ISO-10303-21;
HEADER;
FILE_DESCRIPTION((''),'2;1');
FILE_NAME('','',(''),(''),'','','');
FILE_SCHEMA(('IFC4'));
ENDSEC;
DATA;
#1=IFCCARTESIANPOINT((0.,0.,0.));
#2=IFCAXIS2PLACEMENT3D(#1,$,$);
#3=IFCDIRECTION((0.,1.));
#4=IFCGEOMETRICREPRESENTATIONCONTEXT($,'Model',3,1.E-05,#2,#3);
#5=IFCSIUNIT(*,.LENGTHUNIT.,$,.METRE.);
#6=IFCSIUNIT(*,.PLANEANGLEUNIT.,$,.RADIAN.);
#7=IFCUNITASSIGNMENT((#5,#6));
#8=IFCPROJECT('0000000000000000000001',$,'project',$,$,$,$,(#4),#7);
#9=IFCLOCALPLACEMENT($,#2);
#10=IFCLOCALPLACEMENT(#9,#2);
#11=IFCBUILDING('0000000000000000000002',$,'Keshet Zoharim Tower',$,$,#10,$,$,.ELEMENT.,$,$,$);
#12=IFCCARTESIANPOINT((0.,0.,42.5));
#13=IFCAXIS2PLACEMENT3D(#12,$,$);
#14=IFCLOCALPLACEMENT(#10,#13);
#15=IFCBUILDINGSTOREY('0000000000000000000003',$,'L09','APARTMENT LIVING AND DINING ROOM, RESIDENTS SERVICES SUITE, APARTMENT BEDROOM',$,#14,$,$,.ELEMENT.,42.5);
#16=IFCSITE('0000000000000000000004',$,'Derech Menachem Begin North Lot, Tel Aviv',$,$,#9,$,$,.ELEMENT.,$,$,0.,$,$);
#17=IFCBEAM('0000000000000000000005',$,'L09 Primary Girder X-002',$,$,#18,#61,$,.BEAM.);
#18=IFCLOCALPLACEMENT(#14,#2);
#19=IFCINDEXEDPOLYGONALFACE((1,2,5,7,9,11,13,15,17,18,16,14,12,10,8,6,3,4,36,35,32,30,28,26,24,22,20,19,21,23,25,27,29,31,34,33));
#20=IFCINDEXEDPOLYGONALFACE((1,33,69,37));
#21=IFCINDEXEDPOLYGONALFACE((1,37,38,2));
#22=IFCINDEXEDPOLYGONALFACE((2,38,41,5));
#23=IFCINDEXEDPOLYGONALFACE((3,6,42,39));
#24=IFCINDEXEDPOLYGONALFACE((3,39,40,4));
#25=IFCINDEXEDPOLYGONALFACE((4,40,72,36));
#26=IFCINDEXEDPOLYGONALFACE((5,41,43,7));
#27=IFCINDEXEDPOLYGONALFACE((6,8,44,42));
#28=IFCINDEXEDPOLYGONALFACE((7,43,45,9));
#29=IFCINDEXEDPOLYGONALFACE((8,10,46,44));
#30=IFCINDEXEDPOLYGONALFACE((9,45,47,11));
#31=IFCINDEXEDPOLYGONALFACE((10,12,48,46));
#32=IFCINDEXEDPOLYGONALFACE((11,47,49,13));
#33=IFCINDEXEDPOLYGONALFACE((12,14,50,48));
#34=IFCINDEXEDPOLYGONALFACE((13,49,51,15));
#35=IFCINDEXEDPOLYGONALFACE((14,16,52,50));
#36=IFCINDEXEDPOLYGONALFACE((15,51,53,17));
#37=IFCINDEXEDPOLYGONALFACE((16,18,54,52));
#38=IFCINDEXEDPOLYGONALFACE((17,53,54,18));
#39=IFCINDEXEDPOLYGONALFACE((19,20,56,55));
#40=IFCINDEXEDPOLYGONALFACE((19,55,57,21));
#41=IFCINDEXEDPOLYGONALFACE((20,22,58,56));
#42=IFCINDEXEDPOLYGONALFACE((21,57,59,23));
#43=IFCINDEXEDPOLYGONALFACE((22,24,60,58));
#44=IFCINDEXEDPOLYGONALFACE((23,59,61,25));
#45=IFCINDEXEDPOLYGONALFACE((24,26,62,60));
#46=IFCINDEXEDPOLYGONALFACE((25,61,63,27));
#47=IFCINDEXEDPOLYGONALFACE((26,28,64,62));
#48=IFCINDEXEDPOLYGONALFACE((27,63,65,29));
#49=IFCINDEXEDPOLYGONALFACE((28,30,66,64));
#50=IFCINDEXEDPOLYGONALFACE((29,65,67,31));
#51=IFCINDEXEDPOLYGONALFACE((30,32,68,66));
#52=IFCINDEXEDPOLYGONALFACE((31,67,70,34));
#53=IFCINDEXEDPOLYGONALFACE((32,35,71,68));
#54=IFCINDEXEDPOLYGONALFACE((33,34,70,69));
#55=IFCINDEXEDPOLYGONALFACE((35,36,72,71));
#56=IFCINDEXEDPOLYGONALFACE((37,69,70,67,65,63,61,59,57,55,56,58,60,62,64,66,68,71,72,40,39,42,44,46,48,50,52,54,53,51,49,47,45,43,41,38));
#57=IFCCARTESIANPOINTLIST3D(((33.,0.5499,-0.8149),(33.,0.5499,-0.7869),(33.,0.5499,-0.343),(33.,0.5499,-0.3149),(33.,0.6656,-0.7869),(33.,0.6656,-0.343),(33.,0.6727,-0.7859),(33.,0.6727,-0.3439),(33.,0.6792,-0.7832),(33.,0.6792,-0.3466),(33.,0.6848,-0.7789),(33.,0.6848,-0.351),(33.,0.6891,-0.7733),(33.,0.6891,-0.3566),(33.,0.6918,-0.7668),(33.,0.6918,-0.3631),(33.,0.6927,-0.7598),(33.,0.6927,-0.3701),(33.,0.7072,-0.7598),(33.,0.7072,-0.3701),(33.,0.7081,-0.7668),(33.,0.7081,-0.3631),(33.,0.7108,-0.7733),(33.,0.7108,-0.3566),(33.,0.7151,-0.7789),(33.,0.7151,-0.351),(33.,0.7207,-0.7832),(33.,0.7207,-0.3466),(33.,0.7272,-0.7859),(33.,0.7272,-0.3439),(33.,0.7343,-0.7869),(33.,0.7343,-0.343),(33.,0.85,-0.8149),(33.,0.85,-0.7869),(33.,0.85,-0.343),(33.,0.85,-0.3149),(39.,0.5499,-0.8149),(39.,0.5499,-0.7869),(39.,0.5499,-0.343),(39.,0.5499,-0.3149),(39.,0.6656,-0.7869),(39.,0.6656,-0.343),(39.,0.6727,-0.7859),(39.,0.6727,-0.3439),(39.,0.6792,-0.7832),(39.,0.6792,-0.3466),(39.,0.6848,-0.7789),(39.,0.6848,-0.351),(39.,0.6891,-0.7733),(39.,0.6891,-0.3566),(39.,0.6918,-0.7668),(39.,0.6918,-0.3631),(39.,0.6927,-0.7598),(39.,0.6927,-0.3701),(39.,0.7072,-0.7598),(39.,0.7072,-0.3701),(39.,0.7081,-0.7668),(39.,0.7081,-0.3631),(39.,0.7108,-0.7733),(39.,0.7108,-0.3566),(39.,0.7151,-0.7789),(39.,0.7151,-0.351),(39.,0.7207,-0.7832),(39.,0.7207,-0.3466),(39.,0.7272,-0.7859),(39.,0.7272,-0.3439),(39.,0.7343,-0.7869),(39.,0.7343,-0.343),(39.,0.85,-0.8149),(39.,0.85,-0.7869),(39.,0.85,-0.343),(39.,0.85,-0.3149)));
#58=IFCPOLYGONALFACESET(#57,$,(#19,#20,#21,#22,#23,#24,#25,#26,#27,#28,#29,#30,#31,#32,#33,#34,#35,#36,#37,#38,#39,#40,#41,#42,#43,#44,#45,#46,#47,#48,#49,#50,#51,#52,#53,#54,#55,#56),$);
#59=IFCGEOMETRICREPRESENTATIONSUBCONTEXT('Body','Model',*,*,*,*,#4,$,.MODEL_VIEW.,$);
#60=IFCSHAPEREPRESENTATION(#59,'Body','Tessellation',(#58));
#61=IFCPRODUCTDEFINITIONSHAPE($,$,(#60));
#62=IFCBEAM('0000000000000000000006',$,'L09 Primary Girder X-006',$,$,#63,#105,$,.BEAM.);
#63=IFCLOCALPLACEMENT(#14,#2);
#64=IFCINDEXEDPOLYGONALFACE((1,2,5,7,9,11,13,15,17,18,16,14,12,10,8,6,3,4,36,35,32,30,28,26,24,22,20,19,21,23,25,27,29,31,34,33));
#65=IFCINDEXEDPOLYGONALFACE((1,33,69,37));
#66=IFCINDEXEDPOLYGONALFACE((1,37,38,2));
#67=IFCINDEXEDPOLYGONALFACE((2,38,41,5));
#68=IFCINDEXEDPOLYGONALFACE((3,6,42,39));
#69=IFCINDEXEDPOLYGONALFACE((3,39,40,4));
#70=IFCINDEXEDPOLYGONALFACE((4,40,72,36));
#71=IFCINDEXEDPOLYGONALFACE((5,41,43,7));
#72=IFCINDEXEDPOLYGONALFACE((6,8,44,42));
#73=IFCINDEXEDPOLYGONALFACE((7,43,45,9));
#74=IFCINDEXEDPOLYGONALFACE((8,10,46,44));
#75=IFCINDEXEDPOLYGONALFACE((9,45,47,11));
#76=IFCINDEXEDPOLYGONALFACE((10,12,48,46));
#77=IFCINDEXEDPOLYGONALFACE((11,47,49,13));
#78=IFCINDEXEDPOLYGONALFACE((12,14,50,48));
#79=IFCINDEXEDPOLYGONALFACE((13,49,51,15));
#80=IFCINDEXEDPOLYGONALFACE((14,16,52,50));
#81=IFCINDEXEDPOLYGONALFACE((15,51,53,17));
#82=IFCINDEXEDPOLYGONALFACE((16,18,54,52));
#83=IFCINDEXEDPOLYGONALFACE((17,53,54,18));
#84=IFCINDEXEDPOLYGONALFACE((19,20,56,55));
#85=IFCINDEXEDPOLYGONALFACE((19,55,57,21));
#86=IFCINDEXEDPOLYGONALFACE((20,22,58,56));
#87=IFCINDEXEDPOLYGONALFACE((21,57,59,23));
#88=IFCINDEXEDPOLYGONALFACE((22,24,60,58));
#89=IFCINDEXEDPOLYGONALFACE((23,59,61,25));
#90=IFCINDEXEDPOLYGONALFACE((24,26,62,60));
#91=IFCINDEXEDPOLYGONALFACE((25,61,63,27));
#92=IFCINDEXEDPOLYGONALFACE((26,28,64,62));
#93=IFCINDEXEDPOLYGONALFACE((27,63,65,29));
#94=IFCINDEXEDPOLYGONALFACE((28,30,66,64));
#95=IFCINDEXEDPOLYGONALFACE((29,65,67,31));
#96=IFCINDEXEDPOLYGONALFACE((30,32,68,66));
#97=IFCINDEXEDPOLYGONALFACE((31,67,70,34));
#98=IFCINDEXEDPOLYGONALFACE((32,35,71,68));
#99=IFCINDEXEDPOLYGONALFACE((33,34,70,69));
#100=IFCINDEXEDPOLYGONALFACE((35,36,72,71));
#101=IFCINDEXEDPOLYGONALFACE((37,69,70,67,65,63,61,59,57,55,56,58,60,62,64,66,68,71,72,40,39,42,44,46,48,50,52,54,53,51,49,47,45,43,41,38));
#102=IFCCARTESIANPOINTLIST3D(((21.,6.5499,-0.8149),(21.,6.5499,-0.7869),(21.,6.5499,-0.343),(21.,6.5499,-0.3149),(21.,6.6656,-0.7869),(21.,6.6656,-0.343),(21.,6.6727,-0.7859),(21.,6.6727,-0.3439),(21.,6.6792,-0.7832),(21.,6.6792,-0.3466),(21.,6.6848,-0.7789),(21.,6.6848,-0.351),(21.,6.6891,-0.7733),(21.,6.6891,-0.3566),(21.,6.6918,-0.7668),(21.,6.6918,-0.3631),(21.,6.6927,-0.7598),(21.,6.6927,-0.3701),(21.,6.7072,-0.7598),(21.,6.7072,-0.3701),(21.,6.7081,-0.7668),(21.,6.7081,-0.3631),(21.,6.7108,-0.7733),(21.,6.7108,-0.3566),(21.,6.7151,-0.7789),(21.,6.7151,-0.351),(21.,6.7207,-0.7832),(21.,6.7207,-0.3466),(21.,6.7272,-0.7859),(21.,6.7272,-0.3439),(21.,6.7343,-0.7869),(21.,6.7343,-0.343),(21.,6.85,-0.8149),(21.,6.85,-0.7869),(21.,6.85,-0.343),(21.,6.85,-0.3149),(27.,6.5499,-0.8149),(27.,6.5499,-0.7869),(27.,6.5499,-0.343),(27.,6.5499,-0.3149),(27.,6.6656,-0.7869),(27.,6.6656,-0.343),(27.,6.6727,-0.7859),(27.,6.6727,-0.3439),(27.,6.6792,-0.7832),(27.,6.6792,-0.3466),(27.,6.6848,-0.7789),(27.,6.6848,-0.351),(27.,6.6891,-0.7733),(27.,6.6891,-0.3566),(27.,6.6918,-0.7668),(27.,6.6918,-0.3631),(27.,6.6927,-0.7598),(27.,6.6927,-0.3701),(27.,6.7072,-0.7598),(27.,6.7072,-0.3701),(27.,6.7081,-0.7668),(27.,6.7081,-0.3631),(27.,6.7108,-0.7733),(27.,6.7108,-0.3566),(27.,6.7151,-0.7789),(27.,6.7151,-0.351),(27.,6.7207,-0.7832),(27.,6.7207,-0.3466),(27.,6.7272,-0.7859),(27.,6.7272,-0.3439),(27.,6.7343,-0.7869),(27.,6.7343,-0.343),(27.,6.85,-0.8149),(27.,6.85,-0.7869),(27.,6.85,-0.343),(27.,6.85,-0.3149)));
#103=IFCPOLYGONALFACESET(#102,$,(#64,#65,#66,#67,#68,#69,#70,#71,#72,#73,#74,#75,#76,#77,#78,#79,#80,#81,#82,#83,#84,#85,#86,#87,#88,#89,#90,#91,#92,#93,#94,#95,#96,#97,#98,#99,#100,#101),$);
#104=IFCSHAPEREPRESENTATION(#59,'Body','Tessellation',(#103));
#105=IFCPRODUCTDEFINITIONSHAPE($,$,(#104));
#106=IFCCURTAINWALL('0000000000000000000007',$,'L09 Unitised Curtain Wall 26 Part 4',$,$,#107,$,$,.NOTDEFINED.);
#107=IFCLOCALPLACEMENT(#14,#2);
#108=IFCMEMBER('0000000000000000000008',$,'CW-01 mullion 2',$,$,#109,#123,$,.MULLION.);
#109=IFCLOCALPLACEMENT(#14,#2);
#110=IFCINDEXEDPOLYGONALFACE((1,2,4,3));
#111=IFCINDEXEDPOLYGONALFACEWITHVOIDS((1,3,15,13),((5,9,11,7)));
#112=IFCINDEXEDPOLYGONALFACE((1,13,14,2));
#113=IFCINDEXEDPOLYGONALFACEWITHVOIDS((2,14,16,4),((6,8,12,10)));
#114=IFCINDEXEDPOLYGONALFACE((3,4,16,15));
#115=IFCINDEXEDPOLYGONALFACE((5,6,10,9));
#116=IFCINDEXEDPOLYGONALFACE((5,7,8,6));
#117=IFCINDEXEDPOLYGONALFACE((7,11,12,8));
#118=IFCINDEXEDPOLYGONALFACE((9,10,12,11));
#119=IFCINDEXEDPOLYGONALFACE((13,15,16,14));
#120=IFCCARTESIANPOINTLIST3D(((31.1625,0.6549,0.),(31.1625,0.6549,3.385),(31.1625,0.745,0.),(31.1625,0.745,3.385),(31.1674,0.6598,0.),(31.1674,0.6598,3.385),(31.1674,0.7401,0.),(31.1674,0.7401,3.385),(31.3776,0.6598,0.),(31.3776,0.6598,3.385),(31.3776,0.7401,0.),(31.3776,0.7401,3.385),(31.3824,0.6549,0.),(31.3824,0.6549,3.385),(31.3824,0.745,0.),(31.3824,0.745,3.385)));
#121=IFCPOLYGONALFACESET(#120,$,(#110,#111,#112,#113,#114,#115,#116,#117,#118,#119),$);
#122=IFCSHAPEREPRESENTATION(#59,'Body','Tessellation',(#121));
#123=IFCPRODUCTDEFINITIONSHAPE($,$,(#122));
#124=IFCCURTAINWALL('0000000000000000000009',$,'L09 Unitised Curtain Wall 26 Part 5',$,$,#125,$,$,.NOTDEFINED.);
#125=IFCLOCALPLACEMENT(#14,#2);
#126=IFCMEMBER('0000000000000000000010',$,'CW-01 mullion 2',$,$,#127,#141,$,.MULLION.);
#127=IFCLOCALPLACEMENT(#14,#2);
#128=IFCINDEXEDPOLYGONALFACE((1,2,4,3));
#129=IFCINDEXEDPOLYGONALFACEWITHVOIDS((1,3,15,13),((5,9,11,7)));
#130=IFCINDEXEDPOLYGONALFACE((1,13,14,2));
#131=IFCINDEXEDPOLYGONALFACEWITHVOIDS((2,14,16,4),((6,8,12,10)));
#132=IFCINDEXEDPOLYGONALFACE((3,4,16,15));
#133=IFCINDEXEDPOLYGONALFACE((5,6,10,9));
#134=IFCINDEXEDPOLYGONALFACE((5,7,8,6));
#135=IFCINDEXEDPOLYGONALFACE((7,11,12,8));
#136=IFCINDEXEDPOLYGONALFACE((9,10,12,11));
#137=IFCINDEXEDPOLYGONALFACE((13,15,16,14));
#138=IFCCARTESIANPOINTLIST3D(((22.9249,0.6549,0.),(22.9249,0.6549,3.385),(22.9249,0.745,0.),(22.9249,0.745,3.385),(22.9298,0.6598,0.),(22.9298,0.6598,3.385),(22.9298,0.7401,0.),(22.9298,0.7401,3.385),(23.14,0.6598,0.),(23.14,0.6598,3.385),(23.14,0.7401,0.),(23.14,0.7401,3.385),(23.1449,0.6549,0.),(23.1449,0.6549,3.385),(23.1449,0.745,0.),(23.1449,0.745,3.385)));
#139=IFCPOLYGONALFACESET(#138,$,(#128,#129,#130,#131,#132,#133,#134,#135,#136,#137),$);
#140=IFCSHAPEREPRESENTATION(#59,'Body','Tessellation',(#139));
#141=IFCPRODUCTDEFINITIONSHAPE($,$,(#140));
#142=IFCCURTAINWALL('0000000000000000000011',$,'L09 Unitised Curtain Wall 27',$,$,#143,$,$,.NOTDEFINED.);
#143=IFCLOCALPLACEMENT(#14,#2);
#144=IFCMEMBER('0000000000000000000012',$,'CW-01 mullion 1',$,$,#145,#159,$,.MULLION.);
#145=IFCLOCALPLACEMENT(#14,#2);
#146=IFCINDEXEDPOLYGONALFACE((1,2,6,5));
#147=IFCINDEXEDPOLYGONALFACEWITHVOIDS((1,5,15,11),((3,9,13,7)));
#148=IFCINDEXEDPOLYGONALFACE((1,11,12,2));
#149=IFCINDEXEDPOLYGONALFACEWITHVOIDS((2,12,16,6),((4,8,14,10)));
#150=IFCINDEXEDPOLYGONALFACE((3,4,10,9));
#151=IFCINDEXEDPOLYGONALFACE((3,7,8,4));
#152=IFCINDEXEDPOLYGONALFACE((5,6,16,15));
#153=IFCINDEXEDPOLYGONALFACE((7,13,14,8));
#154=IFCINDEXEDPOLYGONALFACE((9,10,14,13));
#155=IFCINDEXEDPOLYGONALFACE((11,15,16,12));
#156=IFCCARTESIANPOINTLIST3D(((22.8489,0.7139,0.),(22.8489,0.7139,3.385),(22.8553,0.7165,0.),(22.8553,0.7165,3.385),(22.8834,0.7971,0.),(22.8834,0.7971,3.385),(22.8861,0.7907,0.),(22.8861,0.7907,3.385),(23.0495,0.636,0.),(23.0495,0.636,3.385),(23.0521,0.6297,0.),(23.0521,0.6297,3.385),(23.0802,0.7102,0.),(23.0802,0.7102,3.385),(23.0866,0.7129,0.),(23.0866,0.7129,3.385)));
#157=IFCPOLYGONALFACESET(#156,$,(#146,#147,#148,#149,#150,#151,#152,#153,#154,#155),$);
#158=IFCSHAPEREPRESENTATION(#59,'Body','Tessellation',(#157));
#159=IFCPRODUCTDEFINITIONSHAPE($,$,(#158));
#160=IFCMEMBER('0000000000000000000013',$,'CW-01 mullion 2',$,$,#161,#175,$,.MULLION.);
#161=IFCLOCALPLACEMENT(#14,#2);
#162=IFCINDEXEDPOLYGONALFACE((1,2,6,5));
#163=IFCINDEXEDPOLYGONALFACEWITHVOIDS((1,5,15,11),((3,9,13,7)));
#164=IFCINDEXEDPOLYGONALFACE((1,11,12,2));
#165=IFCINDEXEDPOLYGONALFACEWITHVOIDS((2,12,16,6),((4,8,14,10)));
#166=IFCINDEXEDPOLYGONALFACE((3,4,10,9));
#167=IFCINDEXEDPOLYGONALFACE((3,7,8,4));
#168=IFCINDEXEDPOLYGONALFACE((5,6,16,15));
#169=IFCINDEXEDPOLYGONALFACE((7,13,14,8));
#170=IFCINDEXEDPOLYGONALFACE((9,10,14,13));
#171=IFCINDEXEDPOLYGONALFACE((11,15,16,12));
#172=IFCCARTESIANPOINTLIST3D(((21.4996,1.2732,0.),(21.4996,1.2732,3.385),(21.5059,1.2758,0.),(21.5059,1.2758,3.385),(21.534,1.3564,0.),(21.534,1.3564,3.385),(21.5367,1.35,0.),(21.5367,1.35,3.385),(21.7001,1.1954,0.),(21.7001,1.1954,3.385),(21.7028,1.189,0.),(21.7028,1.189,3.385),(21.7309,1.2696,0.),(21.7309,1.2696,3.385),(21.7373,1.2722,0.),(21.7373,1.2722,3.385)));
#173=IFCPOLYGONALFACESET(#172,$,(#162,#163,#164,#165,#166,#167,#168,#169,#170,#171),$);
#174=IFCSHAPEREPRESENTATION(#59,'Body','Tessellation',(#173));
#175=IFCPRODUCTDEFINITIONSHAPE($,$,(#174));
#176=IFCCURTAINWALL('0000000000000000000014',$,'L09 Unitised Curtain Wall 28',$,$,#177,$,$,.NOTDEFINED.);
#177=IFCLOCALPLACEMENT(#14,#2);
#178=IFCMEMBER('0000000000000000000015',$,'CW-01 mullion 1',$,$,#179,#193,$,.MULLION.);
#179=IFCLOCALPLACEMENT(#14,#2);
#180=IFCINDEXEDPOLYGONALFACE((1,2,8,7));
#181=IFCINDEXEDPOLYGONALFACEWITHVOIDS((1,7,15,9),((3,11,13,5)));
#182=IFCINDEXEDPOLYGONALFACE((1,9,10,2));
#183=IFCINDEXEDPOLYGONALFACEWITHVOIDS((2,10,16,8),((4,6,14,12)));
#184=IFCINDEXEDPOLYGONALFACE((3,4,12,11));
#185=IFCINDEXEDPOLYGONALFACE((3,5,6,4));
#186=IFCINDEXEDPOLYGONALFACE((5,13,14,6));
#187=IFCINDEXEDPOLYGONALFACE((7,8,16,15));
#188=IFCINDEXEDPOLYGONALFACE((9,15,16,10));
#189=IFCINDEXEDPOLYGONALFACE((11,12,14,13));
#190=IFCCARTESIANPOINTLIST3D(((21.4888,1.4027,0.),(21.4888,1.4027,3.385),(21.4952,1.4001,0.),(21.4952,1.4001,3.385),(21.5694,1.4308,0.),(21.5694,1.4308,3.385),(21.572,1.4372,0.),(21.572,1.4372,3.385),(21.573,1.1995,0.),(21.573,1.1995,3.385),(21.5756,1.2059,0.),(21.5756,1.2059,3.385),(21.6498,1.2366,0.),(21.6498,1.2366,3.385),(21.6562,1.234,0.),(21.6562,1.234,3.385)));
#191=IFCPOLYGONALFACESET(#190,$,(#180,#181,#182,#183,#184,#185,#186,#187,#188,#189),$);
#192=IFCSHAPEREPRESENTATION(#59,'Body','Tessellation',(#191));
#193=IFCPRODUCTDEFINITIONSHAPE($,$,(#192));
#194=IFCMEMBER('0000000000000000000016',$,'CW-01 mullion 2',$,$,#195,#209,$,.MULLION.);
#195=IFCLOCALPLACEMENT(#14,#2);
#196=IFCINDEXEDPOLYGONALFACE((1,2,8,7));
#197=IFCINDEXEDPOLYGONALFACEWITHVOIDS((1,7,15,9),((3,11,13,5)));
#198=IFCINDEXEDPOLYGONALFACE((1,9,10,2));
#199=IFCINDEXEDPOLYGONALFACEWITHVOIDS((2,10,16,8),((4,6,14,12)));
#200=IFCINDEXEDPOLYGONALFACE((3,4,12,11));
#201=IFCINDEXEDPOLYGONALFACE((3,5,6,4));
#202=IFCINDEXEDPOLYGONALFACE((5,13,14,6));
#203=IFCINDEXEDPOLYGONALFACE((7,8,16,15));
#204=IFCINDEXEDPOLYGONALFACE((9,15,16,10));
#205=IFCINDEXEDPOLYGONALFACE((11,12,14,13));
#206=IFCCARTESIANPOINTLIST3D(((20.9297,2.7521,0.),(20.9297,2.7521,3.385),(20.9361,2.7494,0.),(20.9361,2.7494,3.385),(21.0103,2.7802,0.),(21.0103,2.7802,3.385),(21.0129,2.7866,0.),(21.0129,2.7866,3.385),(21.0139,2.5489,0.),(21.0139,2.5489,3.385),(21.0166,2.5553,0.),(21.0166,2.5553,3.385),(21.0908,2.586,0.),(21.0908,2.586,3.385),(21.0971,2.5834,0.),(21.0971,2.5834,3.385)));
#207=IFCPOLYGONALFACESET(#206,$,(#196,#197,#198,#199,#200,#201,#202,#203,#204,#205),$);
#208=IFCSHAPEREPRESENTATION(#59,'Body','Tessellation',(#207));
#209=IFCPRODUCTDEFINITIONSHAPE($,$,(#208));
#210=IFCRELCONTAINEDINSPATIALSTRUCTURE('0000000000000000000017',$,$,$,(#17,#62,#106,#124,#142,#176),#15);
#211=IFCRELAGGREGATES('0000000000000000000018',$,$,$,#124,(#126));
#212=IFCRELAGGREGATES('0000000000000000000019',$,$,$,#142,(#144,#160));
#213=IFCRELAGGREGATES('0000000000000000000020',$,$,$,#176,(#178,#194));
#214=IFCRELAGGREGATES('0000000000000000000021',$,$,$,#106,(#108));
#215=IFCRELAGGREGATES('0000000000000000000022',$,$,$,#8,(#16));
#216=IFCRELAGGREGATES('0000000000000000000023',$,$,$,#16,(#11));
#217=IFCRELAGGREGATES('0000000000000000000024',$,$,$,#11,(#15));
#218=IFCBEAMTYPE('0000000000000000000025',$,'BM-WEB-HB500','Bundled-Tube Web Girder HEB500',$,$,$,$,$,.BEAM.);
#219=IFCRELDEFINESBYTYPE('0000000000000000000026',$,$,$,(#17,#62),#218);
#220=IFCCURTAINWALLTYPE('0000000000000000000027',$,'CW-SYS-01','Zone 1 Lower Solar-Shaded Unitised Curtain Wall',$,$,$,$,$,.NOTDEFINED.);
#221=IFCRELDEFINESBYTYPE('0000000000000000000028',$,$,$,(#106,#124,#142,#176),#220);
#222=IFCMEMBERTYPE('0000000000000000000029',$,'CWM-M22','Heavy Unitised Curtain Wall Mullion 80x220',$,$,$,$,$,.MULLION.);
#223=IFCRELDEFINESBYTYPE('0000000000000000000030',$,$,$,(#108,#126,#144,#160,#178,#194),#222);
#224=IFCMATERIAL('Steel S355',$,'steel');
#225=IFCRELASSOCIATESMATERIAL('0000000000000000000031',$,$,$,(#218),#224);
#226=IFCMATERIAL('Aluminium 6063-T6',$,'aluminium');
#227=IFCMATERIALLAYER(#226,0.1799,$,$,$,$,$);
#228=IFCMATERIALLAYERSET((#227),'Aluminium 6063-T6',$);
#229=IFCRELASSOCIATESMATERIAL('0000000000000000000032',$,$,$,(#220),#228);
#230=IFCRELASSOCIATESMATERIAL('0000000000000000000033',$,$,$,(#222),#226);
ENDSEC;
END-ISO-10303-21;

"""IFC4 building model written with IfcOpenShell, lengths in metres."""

from ifc_helpers import new_model, si_unit, direction, frame, origin, origin_2d, place, context, subcontext, project, spatial, hollow_rectangle, i_section, extrude, material, layer, layer_set, material_profile, profile_set, type_object, element, aggregate, save


model = new_model("IFC4")

# Units and contexts
model_context = context("Model", 3, precision=1e-05, world=origin(), true_north=direction((0.0, 1.0)))
body_context = subcontext(model_context, "Body", "Model", "MODEL_VIEW")
ifc_project = project(units=[si_unit("LENGTHUNIT", "METRE"), si_unit("PLANEANGLEUNIT", "RADIAN")], contexts=[model_context])

# Site, building, storey
site_placement = place(None, origin())
site = spatial("IfcSite", under=ifc_project, at=site_placement, Name="Derech Menachem Begin North Lot, Tel Aviv", CompositionType="ELEMENT", RefElevation=0.0)
building_placement = place(site_placement, origin())
building = spatial("IfcBuilding", under=site, at=building_placement, Name="Keshet Zoharim Tower", CompositionType="ELEMENT")
storey_placement = place(building_placement, frame((0.0, 0.0, 42.5)))
storey = spatial("IfcBuildingStorey", under=building, at=storey_placement, Name="L09", Description="APARTMENT LIVING AND DINING ROOM, RESIDENTS SERVICES SUITE, APARTMENT BEDROOM", CompositionType="ELEMENT", Elevation=42.5)

# Shared definitions
ifc_material_1 = material(Name="Steel S355", Category="steel")

# Beams
ifc_material_profile_1 = material_profile(ifc_material_1, i_section(OverallWidth=0.3, OverallDepth=0.5, WebThickness=0.0144, FlangeThickness=0.0281, FilletRadius=0.0271, at=origin_2d()), Name="HEB500")
ifc_profile_set_1 = profile_set([ifc_material_profile_1], Name="Steel S355")
beam_type_1 = type_object("IfcBeamType", Name="BM-WEB-HB500", Description="Bundled-Tube Web Girder HEB500", PredefinedType="BEAM", material=ifc_profile_set_1)
for number, where, z_axis, x_axis, name in (
    (1, (33.0, 0.7, -0.5649), (1.0, 0.0, 0.0), (0.0, 1.0, 0.0), "L09 Primary Girder X-002"),
    (2, (21.0, 6.7, -0.5649), (1.0, 0.0, 0.0), (0.0, 1.0, 0.0), "L09 Primary Girder X-006"),
):
    element("IfcBeam", number, at=place(storey_placement, frame(where, z_axis=z_axis, x_axis=x_axis)), inside=storey, type_object=beam_type_1, Name=name, PredefinedType="BEAM", context=body_context, shape_type="SweptSolid", body=[
        extrude(i_section(OverallWidth=0.3, OverallDepth=0.5, WebThickness=0.0144, FlangeThickness=0.0281, FilletRadius=0.0271, at=origin_2d()), origin(), (0.0, 0.0, 1.0), 6.0),
    ])

# Curtain walls, members
ifc_material_2 = material(Name="Aluminium 6063-T6", Category="aluminium")
ifc_layer_1 = layer(ifc_material_2, 0.1799)
ifc_layer_set_1 = layer_set([ifc_layer_1], Name="Aluminium 6063-T6")
curtain_wall_type = type_object("IfcCurtainWallType", Name="CW-SYS-01", Description="Zone 1 Lower Solar-Shaded Unitised Curtain Wall", PredefinedType="NOTDEFINED", material=ifc_layer_set_1)
curtain_wall_1_placement = place(storey_placement, origin())
curtain_wall_1 = element("IfcCurtainWall", 3, at=curtain_wall_1_placement, inside=storey, type_object=curtain_wall_type, Name="L09 Unitised Curtain Wall 26 Part 4", PredefinedType="NOTDEFINED")
ifc_material_profile_2 = material_profile(ifc_material_2, hollow_rectangle(XDim=0.0901, YDim=0.22, WallThickness=0.0049, at=origin_2d()), Name="MUL-90x220")
ifc_profile_set_2 = profile_set([ifc_material_profile_2], Name="Aluminium 6063-T6")
member_type_1 = type_object("IfcMemberType", Name="CWM-M22", Description="Heavy Unitised Curtain Wall Mullion 80x220", PredefinedType="MULLION", material=ifc_profile_set_2)
member_1_placement = place(storey_placement, frame((31.2725, 0.7, 0.0), z_axis=(0.0, 0.0, 1.0), x_axis=(0.0, -1.0, 0.0)))
member_1 = element("IfcMember", 4, at=member_1_placement, type_object=member_type_1, Name="CW-01 mullion 2", PredefinedType="MULLION", context=body_context, shape_type="SweptSolid", body=[
    extrude(hollow_rectangle(XDim=0.0901, YDim=0.22, WallThickness=0.0049, at=origin_2d()), origin(), (0.0, 0.0, 1.0), 3.385),
])
curtain_wall_2_placement = place(storey_placement, origin())
curtain_wall_2 = element("IfcCurtainWall", 5, at=curtain_wall_2_placement, inside=storey, type_object=curtain_wall_type, Name="L09 Unitised Curtain Wall 26 Part 5", PredefinedType="NOTDEFINED")
member_2_placement = place(storey_placement, frame((23.0349, 0.7, 0.0), z_axis=(0.0, 0.0, 1.0), x_axis=(0.0, -1.0, 0.0)))
member_2 = element("IfcMember", 6, at=member_2_placement, type_object=member_type_1, Name="CW-01 mullion 2", PredefinedType="MULLION", context=body_context, shape_type="SweptSolid", body=[
    extrude(hollow_rectangle(XDim=0.0901, YDim=0.22, WallThickness=0.0049, at=origin_2d()), origin(), (0.0, 0.0, 1.0), 3.385),
])

# Curtain walls, members
curtain_wall_3_placement = place(storey_placement, origin())
curtain_wall_3 = element("IfcCurtainWall", 7, at=curtain_wall_3_placement, inside=storey, type_object=curtain_wall_type, Name="L09 Unitised Curtain Wall 27", PredefinedType="NOTDEFINED")
member_3_placement = place(storey_placement, frame((22.9678, 0.7134, 0.0), z_axis=(0.0, 0.0, 1.0), x_axis=(-0.382852, -0.92381, 0.0)))
member_3 = element("IfcMember", 8, at=member_3_placement, type_object=member_type_1, Name="CW-01 mullion 1", PredefinedType="MULLION", context=body_context, shape_type="SweptSolid", body=[
    extrude(hollow_rectangle(XDim=0.0901, YDim=0.22, WallThickness=0.0049, at=origin_2d()), origin(), (0.0, 0.0, 1.0), 3.385),
])
member_4_placement = place(storey_placement, frame((21.6184, 1.2727, 0.0), z_axis=(0.0, 0.0, 1.0), x_axis=(-0.382852, -0.92381, 0.0)))
member_4 = element("IfcMember", 9, at=member_4_placement, type_object=member_type_1, Name="CW-01 mullion 2", PredefinedType="MULLION", context=body_context, shape_type="SweptSolid", body=[
    extrude(hollow_rectangle(XDim=0.0901, YDim=0.22, WallThickness=0.0049, at=origin_2d()), origin(), (0.0, 0.0, 1.0), 3.385),
])
curtain_wall_4_placement = place(storey_placement, origin())
curtain_wall_4 = element("IfcCurtainWall", 10, at=curtain_wall_4_placement, inside=storey, type_object=curtain_wall_type, Name="L09 Unitised Curtain Wall 28", PredefinedType="NOTDEFINED")
member_5_placement = place(storey_placement, frame((21.5725, 1.3184, 0.0), z_axis=(0.0, 0.0, 1.0), x_axis=(-0.92381, -0.382852, 0.0)))
member_5 = element("IfcMember", 11, at=member_5_placement, type_object=member_type_1, Name="CW-01 mullion 1", PredefinedType="MULLION", context=body_context, shape_type="SweptSolid", body=[
    extrude(hollow_rectangle(XDim=0.0901, YDim=0.22, WallThickness=0.0049, at=origin_2d()), origin(), (0.0, 0.0, 1.0), 3.385),
])
member_6_placement = place(storey_placement, frame((21.0134, 2.6677, 0.0), z_axis=(0.0, 0.0, 1.0), x_axis=(-0.92381, -0.382852, 0.0)))
member_6 = element("IfcMember", 12, at=member_6_placement, type_object=member_type_1, Name="CW-01 mullion 2", PredefinedType="MULLION", context=body_context, shape_type="SweptSolid", body=[
    extrude(hollow_rectangle(XDim=0.0901, YDim=0.22, WallThickness=0.0049, at=origin_2d()), origin(), (0.0, 0.0, 1.0), 3.385),
])

aggregate(curtain_wall_2, [member_2])
aggregate(curtain_wall_3, [member_3, member_4])
aggregate(curtain_wall_4, [member_5, member_6])
aggregate(curtain_wall_1, [member_1])

save(model, "model.ifc")
